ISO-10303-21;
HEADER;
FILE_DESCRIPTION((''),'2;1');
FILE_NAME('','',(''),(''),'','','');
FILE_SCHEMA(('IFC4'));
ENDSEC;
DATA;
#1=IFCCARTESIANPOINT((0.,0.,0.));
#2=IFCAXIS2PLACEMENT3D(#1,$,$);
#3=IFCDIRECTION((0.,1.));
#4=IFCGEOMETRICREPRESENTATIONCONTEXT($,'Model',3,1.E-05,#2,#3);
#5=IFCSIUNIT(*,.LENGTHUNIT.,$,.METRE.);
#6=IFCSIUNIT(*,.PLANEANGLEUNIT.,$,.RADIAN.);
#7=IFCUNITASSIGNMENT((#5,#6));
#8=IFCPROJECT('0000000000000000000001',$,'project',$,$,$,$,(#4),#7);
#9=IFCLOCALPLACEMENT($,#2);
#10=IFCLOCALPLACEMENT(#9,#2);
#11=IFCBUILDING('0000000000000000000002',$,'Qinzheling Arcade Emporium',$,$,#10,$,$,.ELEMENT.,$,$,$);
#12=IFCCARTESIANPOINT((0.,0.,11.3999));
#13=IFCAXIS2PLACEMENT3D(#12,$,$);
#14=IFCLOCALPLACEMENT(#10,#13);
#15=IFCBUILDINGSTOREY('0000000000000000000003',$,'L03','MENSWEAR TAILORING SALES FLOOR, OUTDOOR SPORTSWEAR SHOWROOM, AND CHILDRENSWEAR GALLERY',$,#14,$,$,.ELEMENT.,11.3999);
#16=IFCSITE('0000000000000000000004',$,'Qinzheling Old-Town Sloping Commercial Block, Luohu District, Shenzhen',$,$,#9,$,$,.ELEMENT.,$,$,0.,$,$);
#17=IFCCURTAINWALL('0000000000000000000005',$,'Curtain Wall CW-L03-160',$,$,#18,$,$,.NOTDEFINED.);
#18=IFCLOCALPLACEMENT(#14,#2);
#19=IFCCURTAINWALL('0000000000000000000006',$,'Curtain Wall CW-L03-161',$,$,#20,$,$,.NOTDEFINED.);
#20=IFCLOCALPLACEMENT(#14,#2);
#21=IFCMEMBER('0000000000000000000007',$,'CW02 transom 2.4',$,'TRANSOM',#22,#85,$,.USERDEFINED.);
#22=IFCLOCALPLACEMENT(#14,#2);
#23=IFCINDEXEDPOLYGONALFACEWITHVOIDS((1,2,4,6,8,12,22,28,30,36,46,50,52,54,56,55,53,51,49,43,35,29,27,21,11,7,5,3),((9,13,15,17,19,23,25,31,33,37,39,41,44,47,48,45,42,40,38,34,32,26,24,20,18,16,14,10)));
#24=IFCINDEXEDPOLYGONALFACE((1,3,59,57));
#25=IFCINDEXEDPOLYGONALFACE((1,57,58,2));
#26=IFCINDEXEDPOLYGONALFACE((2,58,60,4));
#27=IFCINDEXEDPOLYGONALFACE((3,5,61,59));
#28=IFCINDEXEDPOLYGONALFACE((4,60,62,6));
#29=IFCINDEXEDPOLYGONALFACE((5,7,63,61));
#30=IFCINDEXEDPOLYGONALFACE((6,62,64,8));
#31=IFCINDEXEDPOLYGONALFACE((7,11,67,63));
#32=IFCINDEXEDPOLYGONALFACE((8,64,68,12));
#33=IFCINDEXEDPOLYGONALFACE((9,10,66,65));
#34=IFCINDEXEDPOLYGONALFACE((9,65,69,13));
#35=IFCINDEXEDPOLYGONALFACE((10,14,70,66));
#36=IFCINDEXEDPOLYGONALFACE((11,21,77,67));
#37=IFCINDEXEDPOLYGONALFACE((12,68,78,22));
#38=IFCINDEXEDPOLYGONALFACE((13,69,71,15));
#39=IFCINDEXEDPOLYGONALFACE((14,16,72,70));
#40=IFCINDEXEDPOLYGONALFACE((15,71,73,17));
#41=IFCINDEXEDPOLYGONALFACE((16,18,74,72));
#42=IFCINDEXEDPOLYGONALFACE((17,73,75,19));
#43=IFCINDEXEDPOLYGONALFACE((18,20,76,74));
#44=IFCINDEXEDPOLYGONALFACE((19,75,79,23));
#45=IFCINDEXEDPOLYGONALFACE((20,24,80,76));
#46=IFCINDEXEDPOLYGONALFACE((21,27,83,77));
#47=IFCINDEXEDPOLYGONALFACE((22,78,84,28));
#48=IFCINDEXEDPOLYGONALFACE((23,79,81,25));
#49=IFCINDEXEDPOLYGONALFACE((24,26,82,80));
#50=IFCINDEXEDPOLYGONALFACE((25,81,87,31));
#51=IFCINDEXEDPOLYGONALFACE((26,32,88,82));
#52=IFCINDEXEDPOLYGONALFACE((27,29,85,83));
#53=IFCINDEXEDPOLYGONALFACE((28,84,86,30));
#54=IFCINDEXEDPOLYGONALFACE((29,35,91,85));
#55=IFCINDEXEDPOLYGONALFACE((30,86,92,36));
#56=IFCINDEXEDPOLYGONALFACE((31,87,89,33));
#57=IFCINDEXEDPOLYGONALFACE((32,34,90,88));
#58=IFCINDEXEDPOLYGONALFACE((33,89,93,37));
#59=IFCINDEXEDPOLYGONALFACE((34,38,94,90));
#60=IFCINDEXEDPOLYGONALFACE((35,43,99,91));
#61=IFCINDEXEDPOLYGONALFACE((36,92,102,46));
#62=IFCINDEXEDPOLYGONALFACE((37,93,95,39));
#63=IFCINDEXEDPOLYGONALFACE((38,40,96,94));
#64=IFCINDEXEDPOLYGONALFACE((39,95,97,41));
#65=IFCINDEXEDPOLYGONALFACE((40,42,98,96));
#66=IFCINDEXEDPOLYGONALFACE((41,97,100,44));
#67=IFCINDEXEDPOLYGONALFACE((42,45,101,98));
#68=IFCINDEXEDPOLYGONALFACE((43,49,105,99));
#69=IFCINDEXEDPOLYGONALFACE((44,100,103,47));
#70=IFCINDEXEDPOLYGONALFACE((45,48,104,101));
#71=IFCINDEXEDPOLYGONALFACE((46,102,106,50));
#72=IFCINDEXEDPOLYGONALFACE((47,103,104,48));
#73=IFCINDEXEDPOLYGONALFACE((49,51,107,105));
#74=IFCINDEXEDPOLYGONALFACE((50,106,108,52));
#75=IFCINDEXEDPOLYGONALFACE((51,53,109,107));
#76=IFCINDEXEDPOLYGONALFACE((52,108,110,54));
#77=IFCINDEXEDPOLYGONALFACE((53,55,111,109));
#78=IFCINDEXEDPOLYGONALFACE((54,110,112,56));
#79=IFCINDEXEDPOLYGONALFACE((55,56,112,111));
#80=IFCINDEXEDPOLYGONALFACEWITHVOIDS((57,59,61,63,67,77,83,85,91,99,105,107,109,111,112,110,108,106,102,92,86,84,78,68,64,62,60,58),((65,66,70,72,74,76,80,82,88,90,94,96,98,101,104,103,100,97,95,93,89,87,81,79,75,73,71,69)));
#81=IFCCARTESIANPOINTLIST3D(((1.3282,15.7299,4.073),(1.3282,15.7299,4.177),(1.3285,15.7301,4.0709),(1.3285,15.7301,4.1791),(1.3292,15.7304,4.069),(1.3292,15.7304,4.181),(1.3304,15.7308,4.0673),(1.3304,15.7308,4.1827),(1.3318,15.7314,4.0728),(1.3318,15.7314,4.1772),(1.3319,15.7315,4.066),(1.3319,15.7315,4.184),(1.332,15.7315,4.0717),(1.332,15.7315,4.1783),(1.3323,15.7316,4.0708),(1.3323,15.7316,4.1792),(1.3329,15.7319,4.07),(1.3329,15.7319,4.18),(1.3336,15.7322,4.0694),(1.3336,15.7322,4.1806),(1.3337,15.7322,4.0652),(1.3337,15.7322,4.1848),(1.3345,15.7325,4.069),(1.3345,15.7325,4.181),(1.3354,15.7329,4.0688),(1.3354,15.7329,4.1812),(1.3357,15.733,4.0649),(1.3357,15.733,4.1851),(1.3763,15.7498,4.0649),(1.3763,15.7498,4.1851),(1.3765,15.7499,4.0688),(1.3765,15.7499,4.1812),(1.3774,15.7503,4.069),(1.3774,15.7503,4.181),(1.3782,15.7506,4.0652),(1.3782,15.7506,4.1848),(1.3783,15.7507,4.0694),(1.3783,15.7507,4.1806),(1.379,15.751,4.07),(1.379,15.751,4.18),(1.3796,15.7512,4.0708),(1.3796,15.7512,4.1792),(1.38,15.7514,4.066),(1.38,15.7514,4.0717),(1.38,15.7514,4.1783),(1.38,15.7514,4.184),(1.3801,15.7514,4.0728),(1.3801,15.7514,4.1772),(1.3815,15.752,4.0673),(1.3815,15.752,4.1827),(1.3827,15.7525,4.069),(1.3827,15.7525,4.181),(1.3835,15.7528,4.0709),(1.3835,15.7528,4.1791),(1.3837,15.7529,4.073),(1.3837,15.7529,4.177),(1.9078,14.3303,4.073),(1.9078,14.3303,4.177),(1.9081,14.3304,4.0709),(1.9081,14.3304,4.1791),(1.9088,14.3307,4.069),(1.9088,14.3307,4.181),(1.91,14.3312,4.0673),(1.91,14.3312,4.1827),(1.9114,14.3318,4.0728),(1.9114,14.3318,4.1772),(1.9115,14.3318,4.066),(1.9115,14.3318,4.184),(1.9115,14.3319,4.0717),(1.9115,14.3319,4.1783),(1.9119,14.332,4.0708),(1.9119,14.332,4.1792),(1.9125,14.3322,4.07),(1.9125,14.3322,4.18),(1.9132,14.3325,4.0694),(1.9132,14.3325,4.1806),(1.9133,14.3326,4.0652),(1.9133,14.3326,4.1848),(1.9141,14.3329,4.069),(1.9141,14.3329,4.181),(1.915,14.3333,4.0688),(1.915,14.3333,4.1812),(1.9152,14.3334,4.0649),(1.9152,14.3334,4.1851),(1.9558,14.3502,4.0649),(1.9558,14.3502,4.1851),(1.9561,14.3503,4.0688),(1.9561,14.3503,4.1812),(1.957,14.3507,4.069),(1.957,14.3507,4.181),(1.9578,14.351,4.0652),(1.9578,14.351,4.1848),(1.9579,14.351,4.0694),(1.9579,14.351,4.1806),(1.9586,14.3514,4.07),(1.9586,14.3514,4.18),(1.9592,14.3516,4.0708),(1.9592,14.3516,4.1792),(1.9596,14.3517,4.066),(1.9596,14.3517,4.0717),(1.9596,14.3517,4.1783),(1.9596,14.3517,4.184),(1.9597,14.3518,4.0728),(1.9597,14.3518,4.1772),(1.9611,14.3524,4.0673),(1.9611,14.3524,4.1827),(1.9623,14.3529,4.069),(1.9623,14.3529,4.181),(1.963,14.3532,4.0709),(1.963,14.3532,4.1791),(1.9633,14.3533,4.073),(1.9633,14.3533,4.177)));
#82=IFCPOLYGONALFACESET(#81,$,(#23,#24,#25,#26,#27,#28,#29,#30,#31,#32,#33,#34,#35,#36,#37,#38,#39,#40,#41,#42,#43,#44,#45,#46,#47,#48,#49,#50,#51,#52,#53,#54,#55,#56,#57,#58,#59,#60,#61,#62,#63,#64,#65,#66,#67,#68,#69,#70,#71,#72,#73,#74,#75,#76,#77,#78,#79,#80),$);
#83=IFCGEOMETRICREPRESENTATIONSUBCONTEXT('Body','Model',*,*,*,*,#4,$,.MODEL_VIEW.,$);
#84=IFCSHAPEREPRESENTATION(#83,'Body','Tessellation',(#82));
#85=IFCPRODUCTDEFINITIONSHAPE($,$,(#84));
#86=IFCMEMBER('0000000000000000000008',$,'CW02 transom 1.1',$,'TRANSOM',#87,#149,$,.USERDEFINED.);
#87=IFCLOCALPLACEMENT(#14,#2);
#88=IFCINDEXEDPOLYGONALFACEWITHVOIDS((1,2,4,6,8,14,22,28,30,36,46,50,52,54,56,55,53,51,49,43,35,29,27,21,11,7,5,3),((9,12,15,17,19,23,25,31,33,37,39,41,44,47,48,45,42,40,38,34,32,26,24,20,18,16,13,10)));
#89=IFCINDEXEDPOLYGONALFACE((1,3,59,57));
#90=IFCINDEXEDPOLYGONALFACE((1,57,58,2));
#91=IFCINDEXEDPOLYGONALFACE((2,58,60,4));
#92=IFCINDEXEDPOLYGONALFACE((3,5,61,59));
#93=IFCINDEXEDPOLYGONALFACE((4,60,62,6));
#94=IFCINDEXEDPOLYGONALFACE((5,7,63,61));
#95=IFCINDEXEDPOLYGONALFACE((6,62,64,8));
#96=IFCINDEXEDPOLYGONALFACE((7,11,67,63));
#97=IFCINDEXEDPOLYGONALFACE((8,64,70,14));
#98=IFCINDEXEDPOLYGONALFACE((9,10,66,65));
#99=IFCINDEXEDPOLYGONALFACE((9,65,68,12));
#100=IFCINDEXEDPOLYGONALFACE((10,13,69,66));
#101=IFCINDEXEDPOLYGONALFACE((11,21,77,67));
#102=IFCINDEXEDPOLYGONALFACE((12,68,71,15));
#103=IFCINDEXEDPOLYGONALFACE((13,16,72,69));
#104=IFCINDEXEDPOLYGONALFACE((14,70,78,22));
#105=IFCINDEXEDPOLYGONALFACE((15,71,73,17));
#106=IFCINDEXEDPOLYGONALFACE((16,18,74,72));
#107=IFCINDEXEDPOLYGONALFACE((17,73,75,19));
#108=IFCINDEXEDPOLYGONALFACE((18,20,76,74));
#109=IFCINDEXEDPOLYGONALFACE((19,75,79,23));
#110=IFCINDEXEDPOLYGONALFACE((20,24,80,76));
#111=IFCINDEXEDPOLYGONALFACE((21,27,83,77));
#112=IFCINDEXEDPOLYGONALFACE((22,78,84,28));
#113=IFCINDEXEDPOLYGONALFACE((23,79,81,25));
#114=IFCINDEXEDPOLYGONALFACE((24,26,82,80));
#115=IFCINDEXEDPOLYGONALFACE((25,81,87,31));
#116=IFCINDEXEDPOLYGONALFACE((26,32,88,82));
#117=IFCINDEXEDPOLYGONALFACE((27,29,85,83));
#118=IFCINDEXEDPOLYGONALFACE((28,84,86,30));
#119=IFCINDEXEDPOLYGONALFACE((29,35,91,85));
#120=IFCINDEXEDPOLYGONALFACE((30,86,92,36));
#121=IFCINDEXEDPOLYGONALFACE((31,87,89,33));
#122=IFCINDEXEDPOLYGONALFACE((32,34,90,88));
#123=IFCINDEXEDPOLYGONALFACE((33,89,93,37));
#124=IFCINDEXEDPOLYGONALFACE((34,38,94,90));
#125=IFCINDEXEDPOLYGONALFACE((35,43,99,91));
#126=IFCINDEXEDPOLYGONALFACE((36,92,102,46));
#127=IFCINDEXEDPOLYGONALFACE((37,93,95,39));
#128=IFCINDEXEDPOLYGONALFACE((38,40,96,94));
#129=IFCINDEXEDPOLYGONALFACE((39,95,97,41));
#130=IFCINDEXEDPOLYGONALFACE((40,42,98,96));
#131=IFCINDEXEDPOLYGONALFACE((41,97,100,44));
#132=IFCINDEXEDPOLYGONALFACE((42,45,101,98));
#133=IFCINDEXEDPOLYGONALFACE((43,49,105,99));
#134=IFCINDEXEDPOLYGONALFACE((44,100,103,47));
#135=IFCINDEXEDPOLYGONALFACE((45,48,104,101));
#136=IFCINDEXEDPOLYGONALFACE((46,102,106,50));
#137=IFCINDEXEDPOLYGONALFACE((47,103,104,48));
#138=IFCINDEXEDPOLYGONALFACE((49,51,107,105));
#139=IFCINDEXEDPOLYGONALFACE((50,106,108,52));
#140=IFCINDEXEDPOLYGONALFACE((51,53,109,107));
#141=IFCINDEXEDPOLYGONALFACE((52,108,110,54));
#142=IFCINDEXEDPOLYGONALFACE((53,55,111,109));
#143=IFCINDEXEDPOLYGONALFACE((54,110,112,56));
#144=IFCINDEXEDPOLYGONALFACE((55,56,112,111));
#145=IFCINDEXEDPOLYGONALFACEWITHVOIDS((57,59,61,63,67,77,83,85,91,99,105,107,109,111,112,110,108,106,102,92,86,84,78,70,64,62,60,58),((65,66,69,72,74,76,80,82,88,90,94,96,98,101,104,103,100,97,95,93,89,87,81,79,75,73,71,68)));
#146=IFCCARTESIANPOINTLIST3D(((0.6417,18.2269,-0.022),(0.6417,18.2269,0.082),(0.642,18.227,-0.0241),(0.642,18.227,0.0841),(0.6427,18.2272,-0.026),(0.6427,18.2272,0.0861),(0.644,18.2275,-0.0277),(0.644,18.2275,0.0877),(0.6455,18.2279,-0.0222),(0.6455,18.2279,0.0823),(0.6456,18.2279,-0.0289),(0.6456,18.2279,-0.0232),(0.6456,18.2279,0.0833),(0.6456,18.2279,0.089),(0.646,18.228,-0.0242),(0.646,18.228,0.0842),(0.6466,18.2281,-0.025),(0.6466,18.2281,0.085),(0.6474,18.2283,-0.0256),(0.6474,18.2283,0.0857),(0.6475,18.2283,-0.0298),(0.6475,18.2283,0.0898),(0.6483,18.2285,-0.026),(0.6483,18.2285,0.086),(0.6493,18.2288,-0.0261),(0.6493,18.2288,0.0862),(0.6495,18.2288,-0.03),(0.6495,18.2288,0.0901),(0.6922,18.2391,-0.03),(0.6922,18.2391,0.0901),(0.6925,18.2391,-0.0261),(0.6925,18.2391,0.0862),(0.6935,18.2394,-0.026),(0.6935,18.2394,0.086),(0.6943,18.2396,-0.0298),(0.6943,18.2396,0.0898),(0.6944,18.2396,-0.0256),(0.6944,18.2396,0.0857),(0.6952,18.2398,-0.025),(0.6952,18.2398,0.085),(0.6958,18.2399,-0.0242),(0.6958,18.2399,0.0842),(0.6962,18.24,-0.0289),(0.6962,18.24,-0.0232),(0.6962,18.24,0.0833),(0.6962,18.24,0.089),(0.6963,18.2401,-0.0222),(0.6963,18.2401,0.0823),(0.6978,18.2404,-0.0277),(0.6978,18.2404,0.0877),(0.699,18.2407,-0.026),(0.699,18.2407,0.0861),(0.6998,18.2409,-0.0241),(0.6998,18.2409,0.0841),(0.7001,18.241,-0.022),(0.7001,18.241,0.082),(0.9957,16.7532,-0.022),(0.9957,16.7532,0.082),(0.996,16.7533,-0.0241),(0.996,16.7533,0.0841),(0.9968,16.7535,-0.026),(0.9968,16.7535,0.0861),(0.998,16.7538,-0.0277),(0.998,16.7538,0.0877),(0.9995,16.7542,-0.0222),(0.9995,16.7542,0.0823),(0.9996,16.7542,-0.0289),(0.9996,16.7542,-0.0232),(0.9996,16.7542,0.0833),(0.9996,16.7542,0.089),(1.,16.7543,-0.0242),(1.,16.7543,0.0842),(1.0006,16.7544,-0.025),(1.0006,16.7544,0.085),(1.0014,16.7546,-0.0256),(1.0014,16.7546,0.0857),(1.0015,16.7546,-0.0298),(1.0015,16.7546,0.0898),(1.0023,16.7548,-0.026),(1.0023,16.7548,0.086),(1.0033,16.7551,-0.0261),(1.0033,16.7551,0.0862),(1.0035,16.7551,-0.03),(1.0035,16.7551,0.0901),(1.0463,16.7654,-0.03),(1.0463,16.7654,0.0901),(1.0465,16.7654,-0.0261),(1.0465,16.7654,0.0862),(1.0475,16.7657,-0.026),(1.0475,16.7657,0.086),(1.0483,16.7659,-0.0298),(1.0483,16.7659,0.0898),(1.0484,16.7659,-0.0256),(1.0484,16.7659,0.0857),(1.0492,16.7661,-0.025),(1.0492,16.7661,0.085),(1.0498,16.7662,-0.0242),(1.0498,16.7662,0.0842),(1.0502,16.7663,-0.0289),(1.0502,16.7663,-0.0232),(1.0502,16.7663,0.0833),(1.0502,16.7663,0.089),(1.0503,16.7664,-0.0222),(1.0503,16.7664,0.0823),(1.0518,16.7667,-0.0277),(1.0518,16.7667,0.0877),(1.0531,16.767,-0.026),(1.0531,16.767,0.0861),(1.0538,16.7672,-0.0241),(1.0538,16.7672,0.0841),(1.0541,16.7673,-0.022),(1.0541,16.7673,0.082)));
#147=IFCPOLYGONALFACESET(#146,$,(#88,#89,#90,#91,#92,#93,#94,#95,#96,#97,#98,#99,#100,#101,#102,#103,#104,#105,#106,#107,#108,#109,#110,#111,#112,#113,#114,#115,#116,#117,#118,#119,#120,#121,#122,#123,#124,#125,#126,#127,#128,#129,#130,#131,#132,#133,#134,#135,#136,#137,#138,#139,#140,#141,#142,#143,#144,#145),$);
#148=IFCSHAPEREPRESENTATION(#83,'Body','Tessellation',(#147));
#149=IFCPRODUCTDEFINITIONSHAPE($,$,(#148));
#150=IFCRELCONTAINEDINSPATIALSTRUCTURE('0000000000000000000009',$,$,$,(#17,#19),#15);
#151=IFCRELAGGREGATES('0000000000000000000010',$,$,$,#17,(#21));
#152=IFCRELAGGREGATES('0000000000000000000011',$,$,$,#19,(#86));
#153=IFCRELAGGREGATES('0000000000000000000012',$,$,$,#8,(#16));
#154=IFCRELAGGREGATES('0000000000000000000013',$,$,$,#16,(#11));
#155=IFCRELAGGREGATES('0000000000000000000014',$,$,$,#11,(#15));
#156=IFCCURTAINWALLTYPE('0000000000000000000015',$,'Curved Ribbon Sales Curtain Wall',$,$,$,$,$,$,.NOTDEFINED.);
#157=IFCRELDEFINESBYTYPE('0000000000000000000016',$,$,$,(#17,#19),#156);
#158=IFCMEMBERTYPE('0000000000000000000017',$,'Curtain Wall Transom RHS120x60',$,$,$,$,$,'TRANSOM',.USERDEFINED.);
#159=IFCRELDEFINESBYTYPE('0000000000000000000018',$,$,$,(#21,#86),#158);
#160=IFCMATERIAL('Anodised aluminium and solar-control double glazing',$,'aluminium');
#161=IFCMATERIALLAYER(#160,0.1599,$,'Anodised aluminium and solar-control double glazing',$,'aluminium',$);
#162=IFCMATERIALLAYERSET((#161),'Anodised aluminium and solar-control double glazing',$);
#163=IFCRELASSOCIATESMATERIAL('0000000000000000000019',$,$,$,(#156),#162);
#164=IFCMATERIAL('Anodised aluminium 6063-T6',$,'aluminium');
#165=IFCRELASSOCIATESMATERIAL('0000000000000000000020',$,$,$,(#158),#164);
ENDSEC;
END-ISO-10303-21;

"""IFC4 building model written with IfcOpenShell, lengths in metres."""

from ifc_helpers import new_model, si_unit, direction, frame, origin, origin_2d, place, context, subcontext, project, spatial, hollow_rectangle, extrude, material, layer, layer_set, material_profile, profile_set, type_object, element, aggregate, save


model = new_model("IFC4")

# Units and contexts
model_context = context("Model", 3, precision=1e-05, world=origin(), true_north=direction((0.0, 1.0)))
body_context = subcontext(model_context, "Body", "Model", "MODEL_VIEW")
ifc_project = project(units=[si_unit("LENGTHUNIT", "METRE"), si_unit("PLANEANGLEUNIT", "RADIAN")], contexts=[model_context])

# Site, building, storey
site_placement = place(None, origin())
site = spatial("IfcSite", under=ifc_project, at=site_placement, Name="Qinzheling Old-Town Sloping Commercial Block, Luohu District, Shenzhen", CompositionType="ELEMENT", RefElevation=0.0)
building_placement = place(site_placement, origin())
building = spatial("IfcBuilding", under=site, at=building_placement, Name="Qinzheling Arcade Emporium", CompositionType="ELEMENT")
storey_placement = place(building_placement, frame((0.0, 0.0, 11.3999)))
storey = spatial("IfcBuildingStorey", under=building, at=storey_placement, Name="L03", Description="MENSWEAR TAILORING SALES FLOOR, OUTDOOR SPORTSWEAR SHOWROOM, AND CHILDRENSWEAR GALLERY", CompositionType="ELEMENT", Elevation=11.3999)

# Curtain walls
ifc_material_1 = material(Name="Anodised aluminium and solar-control double glazing", Category="aluminium")
ifc_layer_1 = layer(ifc_material_1, 0.1599, Name="Anodised aluminium and solar-control double glazing", Category="aluminium")
ifc_layer_set_1 = layer_set([ifc_layer_1], Name="Anodised aluminium and solar-control double glazing")
curtain_wall_type = type_object("IfcCurtainWallType", Name="Curved Ribbon Sales Curtain Wall", PredefinedType="NOTDEFINED", material=ifc_layer_set_1)
curtain_wall_1_placement = place(storey_placement, origin())
curtain_wall_1 = element("IfcCurtainWall", 1, at=curtain_wall_1_placement, inside=storey, type_object=curtain_wall_type, Name="Curtain Wall CW-L03-160", PredefinedType="NOTDEFINED")
ifc_material_2 = material(Name="Anodised aluminium 6063-T6", Category="aluminium")
curtain_wall_2_placement = place(storey_placement, origin())
curtain_wall_2 = element("IfcCurtainWall", 2, at=curtain_wall_2_placement, inside=storey, type_object=curtain_wall_type, Name="Curtain Wall CW-L03-161", PredefinedType="NOTDEFINED")

# Members
ifc_material_profile_1 = material_profile(ifc_material_2, hollow_rectangle(XDim=0.0601, YDim=0.1201, WallThickness=0.0039, InnerFilletRadius=0.0039, OuterFilletRadius=0.0081, at=origin_2d()), Name="RHS 120x60x4", Category="aluminium")
ifc_profile_set_1 = profile_set([ifc_material_profile_1], Name="Anodised aluminium 6063-T6")
member_type_1 = type_object("IfcMemberType", Name="Curtain Wall Transom RHS120x60", ElementType="TRANSOM", PredefinedType="USERDEFINED", material=ifc_profile_set_1)
member_1_placement = place(storey_placement, frame((1.9355, 14.3418, 4.125), z_axis=(-0.382589, 0.923919, 0.0), x_axis=(-0.923919, -0.382589, 0.0)))
member_1 = element("IfcMember", 3, at=member_1_placement, type_object=member_type_1, Name="CW02 transom 2.4", ObjectType="TRANSOM", PredefinedType="USERDEFINED", context=body_context, shape_type="SweptSolid", body=[
    extrude(hollow_rectangle(XDim=0.0601, YDim=0.1201, WallThickness=0.0039, InnerFilletRadius=0.0039, OuterFilletRadius=0.0081, at=origin_2d()), origin(), (0.0, 0.0, 1.0), 1.5149),
])
member_2_placement = place(storey_placement, frame((1.0249, 16.7603, 0.03), z_axis=(-0.23358, 0.972338, 0.0), x_axis=(-0.972338, -0.23358, 0.0)))
member_2 = element("IfcMember", 4, at=member_2_placement, type_object=member_type_1, Name="CW02 transom 1.1", ObjectType="TRANSOM", PredefinedType="USERDEFINED", context=body_context, shape_type="SweptSolid", body=[
    extrude(hollow_rectangle(XDim=0.0601, YDim=0.1201, WallThickness=0.0039, InnerFilletRadius=0.0039, OuterFilletRadius=0.0081, at=origin_2d()), origin(), (0.0, 0.0, 1.0), 1.5156),
])

aggregate(curtain_wall_1, [member_1])
aggregate(curtain_wall_2, [member_2])

save(model, "model.ifc")
